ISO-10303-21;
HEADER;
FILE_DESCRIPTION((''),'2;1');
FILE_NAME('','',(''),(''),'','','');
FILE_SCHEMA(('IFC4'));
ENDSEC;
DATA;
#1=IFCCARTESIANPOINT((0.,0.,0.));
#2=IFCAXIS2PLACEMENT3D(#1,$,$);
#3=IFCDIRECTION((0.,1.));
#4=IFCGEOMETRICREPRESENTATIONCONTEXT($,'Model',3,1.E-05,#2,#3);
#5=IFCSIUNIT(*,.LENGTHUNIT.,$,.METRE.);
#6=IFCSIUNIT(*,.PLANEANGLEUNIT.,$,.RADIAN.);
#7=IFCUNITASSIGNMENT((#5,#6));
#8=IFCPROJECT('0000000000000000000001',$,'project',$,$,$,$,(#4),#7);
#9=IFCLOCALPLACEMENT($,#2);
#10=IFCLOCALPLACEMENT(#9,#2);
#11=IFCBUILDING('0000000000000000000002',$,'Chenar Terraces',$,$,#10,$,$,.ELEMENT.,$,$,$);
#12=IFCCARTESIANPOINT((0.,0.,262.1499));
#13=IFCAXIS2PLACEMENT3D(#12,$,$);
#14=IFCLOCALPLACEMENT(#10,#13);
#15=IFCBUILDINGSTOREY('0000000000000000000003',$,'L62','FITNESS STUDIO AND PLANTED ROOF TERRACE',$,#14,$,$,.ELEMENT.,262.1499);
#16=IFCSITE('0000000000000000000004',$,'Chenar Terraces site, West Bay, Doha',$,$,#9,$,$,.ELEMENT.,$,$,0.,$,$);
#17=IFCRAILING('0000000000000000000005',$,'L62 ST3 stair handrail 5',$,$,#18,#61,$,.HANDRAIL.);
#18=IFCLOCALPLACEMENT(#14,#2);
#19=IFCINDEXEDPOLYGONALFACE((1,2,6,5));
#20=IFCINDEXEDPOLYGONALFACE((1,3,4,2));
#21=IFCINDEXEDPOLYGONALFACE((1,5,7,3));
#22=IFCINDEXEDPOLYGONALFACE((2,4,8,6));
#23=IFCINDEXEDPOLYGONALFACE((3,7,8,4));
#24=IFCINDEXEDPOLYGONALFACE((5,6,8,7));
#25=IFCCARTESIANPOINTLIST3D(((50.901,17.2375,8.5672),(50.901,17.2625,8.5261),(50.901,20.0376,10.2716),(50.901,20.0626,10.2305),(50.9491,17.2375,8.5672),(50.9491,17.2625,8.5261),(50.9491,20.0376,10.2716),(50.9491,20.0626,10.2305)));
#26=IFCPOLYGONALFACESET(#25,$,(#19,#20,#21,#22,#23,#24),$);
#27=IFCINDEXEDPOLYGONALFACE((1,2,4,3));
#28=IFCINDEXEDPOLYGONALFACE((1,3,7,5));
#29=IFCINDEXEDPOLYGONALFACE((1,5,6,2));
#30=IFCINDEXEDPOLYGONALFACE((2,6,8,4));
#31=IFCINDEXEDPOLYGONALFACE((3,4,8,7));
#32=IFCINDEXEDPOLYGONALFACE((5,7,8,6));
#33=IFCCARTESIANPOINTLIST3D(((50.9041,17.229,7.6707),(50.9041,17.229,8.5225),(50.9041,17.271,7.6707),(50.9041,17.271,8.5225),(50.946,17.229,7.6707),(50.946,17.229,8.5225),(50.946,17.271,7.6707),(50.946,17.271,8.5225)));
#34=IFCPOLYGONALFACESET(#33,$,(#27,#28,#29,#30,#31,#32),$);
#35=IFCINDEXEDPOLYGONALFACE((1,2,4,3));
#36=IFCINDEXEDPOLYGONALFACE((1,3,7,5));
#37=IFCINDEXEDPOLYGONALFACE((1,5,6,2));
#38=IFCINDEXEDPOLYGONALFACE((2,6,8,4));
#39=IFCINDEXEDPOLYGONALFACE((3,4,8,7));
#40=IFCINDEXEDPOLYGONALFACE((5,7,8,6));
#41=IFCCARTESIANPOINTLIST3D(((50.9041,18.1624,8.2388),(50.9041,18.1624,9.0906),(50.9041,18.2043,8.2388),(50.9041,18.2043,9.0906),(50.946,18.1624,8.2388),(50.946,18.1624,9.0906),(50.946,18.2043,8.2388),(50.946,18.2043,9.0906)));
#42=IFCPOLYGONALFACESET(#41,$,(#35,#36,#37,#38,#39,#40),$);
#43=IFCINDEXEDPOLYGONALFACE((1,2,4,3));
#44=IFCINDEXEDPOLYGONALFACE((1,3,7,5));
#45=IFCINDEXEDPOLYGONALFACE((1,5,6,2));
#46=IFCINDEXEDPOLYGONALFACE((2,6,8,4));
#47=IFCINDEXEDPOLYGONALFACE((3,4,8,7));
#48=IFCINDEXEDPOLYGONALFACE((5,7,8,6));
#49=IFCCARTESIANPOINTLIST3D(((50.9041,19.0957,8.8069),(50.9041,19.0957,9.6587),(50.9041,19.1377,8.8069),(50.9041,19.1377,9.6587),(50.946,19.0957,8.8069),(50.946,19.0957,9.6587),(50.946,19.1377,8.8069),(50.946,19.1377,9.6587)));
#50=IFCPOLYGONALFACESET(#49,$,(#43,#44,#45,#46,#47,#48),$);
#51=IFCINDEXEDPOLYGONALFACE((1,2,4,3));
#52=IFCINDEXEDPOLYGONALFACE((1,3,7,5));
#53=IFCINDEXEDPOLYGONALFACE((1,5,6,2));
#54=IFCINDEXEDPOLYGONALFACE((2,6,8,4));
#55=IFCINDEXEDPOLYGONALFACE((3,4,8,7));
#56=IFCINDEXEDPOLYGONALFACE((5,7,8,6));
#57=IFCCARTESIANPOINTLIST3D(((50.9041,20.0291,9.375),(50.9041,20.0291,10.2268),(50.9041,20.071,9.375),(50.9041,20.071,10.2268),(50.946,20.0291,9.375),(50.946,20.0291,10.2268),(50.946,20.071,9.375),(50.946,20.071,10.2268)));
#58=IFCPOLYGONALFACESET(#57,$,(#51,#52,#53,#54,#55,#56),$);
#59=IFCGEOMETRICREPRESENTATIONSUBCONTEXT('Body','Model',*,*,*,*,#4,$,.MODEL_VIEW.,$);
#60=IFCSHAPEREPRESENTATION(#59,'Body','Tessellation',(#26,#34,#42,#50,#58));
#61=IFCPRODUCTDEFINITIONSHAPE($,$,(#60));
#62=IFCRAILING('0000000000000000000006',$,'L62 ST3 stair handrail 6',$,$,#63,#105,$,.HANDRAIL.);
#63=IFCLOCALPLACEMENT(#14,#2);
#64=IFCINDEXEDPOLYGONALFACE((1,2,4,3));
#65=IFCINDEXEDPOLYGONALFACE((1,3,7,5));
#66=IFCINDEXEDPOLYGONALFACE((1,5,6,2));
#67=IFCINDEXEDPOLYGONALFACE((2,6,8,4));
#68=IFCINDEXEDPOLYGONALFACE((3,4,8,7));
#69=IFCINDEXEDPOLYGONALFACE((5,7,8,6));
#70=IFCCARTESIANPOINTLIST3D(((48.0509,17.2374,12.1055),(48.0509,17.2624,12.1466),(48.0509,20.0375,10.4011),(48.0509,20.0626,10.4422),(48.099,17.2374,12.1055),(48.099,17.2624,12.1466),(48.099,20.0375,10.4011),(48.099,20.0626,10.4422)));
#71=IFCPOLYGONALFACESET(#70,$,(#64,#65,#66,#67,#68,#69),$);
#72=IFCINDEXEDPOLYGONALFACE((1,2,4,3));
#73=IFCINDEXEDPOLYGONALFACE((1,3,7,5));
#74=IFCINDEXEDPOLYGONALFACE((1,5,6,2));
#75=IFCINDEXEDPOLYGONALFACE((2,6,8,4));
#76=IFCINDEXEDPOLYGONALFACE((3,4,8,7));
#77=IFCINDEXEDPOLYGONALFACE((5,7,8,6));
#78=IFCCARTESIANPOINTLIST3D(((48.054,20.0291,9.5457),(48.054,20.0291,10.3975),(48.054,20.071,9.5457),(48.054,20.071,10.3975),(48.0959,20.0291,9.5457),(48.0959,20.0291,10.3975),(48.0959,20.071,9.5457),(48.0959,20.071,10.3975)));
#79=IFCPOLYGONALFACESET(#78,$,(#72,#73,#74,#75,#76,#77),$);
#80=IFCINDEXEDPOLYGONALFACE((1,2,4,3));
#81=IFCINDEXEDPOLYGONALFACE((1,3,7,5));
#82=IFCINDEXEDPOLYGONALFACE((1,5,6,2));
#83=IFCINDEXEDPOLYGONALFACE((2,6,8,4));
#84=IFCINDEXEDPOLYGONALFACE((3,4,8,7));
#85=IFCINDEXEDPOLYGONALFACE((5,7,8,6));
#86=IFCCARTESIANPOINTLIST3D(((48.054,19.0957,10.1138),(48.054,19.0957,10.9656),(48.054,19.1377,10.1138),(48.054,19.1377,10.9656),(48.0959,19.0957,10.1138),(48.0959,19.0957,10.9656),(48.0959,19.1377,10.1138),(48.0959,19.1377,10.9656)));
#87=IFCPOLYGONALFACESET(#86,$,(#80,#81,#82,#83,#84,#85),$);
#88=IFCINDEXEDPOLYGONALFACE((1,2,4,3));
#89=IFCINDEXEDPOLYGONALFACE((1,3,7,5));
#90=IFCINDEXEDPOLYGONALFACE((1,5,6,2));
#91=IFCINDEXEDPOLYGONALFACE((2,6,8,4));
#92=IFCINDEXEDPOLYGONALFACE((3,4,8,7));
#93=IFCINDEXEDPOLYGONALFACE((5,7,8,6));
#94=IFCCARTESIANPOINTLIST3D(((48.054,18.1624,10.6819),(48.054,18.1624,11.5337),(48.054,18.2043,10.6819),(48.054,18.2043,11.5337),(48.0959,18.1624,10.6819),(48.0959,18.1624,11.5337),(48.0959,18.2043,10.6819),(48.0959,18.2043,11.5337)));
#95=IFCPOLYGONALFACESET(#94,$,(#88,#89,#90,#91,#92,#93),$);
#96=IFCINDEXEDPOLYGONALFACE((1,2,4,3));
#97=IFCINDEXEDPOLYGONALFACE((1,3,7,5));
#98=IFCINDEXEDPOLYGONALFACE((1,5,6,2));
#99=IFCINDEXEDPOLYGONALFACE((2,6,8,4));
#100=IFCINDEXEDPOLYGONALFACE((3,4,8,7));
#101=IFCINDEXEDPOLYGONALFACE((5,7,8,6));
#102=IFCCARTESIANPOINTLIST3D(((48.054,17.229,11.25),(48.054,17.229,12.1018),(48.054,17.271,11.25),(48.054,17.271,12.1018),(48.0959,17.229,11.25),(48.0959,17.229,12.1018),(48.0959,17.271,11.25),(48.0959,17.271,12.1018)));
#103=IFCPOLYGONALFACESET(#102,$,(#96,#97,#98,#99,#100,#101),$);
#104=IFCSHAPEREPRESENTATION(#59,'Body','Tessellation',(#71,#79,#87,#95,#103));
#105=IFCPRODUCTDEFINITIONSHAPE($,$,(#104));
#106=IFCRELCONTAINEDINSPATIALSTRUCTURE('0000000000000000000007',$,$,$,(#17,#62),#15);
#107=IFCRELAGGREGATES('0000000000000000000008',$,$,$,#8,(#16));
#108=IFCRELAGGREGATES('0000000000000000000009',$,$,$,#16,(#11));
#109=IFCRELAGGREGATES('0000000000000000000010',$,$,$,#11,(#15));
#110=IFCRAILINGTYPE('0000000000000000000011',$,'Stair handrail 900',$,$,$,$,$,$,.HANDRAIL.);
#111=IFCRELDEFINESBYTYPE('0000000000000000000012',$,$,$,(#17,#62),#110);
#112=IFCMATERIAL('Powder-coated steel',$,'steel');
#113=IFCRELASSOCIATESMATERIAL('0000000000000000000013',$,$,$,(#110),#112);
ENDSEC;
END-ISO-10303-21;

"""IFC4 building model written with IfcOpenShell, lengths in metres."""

from ifc_helpers import new_model, si_unit, direction, frame, origin, origin_2d, place, context, subcontext, project, spatial, rectangle, extrude, material, type_object, element, save


model = new_model("IFC4")

# Units and contexts
model_context = context("Model", 3, precision=1e-05, world=origin(), true_north=direction((0.0, 1.0)))
body_context = subcontext(model_context, "Body", "Model", "MODEL_VIEW")
ifc_project = project(units=[si_unit("LENGTHUNIT", "METRE"), si_unit("PLANEANGLEUNIT", "RADIAN")], contexts=[model_context])

# Site, building, storey
site_placement = place(None, origin())
site = spatial("IfcSite", under=ifc_project, at=site_placement, Name="Chenar Terraces site, West Bay, Doha", CompositionType="ELEMENT", RefElevation=0.0)
building_placement = place(site_placement, origin())
building = spatial("IfcBuilding", under=site, at=building_placement, Name="Chenar Terraces", CompositionType="ELEMENT")
storey_placement = place(building_placement, frame((0.0, 0.0, 262.1499)))
storey = spatial("IfcBuildingStorey", under=building, at=storey_placement, Name="L62", Description="FITNESS STUDIO AND PLANTED ROOF TERRACE", CompositionType="ELEMENT", Elevation=262.1499)

# Railings
ifc_material_1 = material(Name="Powder-coated steel", Category="steel")
railing_type_1 = type_object("IfcRailingType", Name="Stair handrail 900", PredefinedType="HANDRAIL", material=ifc_material_1)
railing_1_placement = place(storey_placement, frame((50.925, 17.25, 7.6707)))
element("IfcRailing", 1, at=railing_1_placement, inside=storey, type_object=railing_type_1, Name="L62 ST3 stair handrail 5", PredefinedType="HANDRAIL", context=body_context, shape_type="SweptSolid", body=[
    extrude(rectangle(XDim=0.0481, YDim=0.0481, at=origin_2d()), frame((0.0, 0.0, 0.876), z_axis=(0.0, 0.854203, 0.51994), x_axis=(-1.0, 0.0, 0.0)), (0.0, 0.0, 1.0), 3.2781),
    extrude(rectangle(XDim=0.042, YDim=0.042, at=origin_2d()), origin(), (0.0, 0.0, 1.0), 0.8518),
    extrude(rectangle(XDim=0.042, YDim=0.042, at=origin_2d()), frame((0.0, 0.9333, 0.5681)), (0.0, 0.0, 1.0), 0.8518),
    extrude(rectangle(XDim=0.042, YDim=0.042, at=origin_2d()), frame((0.0, 1.8667, 1.1362)), (0.0, 0.0, 1.0), 0.8518),
    extrude(rectangle(XDim=0.042, YDim=0.042, at=origin_2d()), frame((0.0, 2.8, 1.7043)), (0.0, 0.0, 1.0), 0.8518),
])
railing_2_placement = place(storey_placement, frame((48.075, 20.05, 9.5457)))
element("IfcRailing", 2, at=railing_2_placement, inside=storey, type_object=railing_type_1, Name="L62 ST3 stair handrail 6", PredefinedType="HANDRAIL", context=body_context, shape_type="SweptSolid", body=[
    extrude(rectangle(XDim=0.0481, YDim=0.0481, at=origin_2d()), frame((0.0, 0.0, 0.876), z_axis=(0.0, -0.854203, 0.51994), x_axis=(1.0, 0.0, 0.0)), (0.0, 0.0, 1.0), 3.2781),
    extrude(rectangle(XDim=0.042, YDim=0.042, at=origin_2d()), origin(), (0.0, 0.0, 1.0), 0.8518),
    extrude(rectangle(XDim=0.042, YDim=0.042, at=origin_2d()), frame((0.0, -0.9333, 0.5681)), (0.0, 0.0, 1.0), 0.8518),
    extrude(rectangle(XDim=0.042, YDim=0.042, at=origin_2d()), frame((0.0, -1.8667, 1.1362)), (0.0, 0.0, 1.0), 0.8518),
    extrude(rectangle(XDim=0.042, YDim=0.042, at=origin_2d()), frame((0.0, -2.8, 1.7043)), (0.0, 0.0, 1.0), 0.8518),
])

save(model, "model.ifc")
